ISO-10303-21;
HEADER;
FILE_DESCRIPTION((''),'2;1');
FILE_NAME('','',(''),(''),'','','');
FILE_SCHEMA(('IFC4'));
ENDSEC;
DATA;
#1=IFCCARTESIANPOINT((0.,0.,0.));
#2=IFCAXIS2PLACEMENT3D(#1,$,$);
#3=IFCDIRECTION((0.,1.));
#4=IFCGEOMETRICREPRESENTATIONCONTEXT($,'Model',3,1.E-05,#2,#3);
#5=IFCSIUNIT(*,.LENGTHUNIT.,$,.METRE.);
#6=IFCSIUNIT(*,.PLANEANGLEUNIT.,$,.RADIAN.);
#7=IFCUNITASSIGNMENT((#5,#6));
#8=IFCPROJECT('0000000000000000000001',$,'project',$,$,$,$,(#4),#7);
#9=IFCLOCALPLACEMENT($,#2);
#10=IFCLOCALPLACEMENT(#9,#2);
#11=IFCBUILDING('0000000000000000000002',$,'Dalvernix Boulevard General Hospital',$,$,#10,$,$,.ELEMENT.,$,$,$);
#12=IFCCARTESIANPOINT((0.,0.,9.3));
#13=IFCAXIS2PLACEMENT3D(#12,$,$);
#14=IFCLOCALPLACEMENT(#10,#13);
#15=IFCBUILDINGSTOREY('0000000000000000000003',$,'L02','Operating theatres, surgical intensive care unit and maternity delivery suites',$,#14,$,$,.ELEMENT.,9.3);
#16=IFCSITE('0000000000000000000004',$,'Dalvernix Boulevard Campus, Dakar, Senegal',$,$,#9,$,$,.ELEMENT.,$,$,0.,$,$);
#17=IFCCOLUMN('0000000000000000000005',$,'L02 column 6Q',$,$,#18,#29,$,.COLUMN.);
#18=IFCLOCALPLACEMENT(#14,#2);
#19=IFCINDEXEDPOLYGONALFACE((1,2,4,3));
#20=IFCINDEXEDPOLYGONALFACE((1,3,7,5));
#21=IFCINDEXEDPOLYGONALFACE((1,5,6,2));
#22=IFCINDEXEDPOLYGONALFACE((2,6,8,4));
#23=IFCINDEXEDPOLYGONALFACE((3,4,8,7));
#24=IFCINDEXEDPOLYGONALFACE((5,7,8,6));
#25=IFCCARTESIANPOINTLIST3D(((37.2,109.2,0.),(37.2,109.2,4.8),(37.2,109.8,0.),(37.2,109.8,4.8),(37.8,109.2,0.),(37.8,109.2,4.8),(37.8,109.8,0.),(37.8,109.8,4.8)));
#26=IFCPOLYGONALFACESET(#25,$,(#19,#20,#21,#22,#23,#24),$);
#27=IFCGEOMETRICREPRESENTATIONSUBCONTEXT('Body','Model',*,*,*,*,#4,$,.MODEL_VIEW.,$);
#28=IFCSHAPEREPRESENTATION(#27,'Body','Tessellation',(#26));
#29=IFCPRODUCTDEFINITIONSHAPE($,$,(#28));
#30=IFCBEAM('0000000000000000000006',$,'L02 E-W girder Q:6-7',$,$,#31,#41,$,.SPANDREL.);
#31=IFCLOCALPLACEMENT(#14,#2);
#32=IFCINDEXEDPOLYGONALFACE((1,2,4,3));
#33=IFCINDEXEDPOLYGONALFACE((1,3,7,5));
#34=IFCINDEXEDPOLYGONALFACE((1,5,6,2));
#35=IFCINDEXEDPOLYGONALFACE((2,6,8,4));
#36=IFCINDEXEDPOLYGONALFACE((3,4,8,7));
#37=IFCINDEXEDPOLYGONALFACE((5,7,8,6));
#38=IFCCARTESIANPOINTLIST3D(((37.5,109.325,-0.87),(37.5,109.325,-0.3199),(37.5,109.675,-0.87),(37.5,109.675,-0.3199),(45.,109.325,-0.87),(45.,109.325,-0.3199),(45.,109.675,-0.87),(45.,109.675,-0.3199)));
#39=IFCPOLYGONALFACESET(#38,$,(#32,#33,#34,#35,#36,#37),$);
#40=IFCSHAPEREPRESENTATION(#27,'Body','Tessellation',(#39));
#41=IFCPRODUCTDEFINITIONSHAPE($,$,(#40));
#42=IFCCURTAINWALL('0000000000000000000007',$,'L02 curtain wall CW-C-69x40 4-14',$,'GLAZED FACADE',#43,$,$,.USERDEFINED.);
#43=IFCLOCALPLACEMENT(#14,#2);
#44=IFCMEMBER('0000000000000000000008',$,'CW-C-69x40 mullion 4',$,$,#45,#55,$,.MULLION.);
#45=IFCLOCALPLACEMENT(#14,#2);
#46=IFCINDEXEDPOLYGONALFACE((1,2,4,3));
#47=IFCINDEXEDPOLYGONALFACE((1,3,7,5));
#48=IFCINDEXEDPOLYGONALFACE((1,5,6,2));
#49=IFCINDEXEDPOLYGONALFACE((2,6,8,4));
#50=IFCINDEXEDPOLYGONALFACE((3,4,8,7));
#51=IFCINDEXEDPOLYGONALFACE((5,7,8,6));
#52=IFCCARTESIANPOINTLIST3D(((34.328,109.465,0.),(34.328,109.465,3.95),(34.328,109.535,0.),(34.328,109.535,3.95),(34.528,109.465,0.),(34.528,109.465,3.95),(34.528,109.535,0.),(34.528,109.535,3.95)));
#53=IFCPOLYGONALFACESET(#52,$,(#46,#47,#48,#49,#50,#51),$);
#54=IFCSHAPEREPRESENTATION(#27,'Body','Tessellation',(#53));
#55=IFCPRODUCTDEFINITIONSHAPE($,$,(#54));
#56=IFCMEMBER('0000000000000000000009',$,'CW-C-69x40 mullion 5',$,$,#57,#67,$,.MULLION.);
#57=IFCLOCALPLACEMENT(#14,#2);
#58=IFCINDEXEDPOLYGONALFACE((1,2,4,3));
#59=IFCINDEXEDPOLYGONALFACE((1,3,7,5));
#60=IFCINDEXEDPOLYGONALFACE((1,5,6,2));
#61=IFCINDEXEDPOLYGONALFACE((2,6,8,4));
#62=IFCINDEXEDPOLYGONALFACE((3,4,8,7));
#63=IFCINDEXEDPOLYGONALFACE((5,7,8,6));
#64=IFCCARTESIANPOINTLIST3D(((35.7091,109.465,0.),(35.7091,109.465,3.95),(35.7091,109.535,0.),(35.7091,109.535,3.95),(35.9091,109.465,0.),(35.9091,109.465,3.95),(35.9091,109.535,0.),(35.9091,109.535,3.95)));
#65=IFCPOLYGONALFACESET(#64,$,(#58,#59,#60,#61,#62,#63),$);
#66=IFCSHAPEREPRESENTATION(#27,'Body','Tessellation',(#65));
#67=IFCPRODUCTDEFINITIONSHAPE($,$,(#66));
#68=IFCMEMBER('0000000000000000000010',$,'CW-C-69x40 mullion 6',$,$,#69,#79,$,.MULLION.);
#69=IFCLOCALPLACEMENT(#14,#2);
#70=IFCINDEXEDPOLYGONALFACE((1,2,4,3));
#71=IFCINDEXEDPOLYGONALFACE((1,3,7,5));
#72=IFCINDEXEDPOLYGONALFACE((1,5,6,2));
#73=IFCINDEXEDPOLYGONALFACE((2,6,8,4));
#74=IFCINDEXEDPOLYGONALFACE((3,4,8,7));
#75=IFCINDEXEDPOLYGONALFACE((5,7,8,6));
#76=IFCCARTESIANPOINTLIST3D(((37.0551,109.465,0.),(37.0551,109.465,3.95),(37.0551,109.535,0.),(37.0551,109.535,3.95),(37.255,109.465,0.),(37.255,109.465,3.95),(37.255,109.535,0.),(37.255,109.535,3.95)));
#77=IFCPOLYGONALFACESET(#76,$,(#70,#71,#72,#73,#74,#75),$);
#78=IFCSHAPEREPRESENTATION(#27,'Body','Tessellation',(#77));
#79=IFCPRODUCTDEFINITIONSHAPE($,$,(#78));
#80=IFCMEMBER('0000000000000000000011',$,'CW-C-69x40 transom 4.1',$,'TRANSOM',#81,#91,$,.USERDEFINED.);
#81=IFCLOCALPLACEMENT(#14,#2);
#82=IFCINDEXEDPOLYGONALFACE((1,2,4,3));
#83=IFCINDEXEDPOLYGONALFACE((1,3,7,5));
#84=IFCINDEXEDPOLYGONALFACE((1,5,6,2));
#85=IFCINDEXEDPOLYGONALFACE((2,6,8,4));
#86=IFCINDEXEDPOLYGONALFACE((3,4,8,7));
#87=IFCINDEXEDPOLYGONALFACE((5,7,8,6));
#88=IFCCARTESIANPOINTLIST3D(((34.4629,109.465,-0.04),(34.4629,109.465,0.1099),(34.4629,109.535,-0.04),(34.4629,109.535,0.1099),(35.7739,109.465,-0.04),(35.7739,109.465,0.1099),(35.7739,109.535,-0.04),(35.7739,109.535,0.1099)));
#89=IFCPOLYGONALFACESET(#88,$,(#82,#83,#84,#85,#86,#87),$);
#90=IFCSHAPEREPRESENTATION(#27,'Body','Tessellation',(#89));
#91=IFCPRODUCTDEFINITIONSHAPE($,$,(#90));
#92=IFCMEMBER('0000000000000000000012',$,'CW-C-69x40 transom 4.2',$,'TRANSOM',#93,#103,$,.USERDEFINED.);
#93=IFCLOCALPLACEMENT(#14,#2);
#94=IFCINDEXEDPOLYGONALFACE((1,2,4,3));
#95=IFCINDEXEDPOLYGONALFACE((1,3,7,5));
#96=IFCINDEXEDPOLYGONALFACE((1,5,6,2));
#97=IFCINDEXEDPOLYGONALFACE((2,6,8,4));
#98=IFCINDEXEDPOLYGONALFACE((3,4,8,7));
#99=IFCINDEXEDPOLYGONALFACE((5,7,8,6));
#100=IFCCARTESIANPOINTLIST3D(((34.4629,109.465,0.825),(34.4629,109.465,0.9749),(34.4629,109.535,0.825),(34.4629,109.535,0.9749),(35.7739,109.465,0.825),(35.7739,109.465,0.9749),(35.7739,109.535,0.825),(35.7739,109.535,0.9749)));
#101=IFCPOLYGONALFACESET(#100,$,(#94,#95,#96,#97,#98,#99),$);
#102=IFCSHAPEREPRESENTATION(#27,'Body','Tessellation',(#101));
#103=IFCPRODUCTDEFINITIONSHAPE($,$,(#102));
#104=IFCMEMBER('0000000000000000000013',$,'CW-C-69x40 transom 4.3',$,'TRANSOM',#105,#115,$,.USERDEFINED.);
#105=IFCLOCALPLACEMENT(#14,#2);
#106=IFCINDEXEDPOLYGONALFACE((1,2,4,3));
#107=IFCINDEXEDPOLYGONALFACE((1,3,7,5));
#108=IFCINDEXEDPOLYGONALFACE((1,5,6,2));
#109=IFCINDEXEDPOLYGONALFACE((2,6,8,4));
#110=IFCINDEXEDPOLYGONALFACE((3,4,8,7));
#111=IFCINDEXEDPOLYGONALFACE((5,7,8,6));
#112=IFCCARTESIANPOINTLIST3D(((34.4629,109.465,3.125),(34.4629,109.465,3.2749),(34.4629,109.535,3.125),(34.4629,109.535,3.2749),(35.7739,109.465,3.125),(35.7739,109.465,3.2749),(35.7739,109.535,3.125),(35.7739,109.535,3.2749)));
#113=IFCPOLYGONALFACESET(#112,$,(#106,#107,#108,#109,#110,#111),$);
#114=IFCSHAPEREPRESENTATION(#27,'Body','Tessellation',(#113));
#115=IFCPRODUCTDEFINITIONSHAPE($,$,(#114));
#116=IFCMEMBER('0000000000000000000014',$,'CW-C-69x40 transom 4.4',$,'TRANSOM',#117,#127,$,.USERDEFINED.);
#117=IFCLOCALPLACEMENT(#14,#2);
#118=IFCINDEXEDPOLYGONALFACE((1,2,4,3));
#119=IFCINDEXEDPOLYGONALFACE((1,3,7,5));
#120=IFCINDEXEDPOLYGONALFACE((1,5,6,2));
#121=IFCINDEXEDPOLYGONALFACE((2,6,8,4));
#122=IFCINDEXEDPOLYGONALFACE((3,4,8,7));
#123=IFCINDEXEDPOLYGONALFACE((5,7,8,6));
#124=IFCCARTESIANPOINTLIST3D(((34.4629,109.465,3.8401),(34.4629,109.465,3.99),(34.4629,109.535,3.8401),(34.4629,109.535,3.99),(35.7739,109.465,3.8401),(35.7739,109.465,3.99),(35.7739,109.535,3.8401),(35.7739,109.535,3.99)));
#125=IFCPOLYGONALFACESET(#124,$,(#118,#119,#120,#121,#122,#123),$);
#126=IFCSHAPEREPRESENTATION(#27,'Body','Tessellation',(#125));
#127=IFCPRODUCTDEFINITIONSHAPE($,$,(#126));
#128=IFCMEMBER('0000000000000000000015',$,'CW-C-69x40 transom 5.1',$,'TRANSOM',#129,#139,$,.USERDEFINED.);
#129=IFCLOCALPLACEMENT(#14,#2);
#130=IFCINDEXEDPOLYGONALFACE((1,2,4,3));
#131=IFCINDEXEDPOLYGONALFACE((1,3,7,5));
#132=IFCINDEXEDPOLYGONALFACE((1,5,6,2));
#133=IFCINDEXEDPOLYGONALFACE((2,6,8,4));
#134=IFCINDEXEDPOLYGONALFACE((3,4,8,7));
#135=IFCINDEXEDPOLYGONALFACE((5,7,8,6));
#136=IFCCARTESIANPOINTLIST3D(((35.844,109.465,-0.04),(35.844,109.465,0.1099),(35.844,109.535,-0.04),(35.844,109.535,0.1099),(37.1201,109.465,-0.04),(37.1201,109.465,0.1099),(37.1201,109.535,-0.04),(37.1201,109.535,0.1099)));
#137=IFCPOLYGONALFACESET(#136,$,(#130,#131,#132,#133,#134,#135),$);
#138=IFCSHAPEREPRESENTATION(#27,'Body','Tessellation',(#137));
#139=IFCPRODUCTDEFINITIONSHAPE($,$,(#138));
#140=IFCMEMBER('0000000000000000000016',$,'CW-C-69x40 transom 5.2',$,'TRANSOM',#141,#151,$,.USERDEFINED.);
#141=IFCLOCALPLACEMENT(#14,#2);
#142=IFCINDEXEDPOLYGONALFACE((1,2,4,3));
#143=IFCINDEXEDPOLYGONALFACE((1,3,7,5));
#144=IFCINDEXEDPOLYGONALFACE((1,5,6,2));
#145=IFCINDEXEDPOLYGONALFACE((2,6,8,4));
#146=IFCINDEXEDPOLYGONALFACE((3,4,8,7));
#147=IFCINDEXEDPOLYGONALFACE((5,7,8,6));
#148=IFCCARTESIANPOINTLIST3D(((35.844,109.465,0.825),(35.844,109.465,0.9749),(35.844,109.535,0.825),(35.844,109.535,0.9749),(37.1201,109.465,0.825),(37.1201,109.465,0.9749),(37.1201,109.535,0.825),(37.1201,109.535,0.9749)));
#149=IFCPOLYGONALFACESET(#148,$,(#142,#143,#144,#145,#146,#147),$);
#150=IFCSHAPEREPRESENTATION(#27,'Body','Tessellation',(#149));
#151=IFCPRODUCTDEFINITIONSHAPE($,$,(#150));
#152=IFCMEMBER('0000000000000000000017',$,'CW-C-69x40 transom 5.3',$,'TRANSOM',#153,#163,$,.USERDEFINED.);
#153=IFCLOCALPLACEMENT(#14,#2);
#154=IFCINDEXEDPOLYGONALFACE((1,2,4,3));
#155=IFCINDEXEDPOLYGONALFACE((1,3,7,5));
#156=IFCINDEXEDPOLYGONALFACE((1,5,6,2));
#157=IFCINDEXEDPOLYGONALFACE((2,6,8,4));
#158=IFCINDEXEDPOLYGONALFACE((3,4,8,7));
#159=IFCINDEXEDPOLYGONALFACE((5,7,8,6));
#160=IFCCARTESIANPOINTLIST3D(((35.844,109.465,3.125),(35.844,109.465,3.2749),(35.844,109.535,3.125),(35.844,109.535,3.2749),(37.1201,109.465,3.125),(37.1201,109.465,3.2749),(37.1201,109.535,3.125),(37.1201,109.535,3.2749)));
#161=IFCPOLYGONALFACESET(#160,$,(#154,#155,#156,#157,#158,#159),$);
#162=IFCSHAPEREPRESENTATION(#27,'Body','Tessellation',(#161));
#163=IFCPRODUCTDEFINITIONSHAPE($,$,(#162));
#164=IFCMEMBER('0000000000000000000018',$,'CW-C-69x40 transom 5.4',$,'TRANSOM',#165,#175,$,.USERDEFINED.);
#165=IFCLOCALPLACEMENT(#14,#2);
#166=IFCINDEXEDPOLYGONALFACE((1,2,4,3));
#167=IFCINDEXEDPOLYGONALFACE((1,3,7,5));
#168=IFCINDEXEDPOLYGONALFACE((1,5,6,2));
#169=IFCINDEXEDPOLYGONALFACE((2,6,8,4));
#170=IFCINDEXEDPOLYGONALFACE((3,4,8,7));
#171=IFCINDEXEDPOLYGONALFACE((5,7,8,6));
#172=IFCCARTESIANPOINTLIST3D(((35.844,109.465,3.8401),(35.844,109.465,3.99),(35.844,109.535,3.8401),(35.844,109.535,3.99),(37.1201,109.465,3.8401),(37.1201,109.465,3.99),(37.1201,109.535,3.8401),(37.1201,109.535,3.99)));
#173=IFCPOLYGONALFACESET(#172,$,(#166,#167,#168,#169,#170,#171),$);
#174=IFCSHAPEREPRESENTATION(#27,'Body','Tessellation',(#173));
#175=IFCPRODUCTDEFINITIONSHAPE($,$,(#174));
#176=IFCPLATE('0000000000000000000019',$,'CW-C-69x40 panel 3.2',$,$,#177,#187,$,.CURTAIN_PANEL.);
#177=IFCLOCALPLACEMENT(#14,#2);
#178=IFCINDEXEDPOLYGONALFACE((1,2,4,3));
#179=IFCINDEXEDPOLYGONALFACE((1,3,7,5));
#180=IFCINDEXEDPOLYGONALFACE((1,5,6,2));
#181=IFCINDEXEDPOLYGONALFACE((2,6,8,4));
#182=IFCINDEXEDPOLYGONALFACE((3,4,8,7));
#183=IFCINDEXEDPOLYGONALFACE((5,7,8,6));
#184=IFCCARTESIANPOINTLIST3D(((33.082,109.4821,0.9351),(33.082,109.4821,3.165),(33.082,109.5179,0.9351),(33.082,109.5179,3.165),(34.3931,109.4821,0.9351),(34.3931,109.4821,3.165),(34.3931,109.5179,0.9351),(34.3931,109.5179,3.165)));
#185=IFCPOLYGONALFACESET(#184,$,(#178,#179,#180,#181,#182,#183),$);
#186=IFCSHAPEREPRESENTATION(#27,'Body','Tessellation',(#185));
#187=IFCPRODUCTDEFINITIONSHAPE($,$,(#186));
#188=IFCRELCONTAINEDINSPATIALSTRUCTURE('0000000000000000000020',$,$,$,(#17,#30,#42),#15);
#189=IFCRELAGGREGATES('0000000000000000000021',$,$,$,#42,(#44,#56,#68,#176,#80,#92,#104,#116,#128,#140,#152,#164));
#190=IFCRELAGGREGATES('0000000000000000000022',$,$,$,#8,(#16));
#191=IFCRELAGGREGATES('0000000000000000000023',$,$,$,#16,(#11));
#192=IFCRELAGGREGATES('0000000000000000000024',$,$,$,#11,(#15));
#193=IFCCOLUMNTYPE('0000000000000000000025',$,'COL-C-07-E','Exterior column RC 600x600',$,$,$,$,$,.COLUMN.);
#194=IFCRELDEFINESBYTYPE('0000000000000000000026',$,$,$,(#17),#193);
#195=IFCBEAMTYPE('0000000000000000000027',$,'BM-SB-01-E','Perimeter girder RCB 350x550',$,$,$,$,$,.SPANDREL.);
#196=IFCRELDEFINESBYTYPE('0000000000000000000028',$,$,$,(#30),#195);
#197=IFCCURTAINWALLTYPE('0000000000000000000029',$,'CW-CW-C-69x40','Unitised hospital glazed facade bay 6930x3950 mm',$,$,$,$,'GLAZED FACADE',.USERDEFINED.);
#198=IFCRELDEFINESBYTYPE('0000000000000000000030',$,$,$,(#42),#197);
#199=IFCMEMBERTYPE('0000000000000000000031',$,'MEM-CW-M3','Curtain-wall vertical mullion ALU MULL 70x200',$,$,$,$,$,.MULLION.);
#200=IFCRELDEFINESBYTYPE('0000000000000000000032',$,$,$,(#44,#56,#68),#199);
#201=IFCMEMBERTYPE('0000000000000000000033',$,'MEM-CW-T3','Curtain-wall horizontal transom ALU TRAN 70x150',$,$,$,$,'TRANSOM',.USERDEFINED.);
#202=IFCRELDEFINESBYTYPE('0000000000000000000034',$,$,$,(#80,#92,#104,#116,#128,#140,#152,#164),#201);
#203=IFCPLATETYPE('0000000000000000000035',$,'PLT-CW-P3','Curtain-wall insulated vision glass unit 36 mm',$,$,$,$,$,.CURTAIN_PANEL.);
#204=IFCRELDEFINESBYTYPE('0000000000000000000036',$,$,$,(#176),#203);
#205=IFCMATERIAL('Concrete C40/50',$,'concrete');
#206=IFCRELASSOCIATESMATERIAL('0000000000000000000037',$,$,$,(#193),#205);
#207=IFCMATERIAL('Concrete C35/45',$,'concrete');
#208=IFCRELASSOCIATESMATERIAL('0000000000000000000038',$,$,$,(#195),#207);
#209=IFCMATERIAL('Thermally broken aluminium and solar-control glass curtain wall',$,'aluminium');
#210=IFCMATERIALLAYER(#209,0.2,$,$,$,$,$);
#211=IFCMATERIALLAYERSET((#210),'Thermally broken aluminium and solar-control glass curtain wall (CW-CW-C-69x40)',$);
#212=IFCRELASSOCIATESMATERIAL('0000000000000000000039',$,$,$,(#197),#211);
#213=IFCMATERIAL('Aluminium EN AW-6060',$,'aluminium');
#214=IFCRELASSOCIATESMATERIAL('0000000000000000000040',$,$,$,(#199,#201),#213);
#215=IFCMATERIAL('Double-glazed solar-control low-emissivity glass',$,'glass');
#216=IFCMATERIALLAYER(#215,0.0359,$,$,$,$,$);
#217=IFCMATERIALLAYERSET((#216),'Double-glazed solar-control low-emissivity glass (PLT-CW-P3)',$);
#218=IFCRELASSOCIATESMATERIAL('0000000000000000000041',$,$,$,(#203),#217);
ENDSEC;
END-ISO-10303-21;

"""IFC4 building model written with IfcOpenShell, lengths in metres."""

from ifc_helpers import new_model, si_unit, direction, frame, origin, origin_2d, place, context, subcontext, project, spatial, rectangle, extrude, material, layer, layer_set, material_profile, profile_set, type_object, element, aggregate, save


model = new_model("IFC4")

# Units and contexts
model_context = context("Model", 3, precision=1e-05, world=origin(), true_north=direction((0.0, 1.0)))
body_context = subcontext(model_context, "Body", "Model", "MODEL_VIEW")
ifc_project = project(units=[si_unit("LENGTHUNIT", "METRE"), si_unit("PLANEANGLEUNIT", "RADIAN")], contexts=[model_context])

# Site, building, storey
site_placement = place(None, origin())
site = spatial("IfcSite", under=ifc_project, at=site_placement, Name="Dalvernix Boulevard Campus, Dakar, Senegal", CompositionType="ELEMENT", RefElevation=0.0)
building_placement = place(site_placement, origin())
building = spatial("IfcBuilding", under=site, at=building_placement, Name="Dalvernix Boulevard General Hospital", CompositionType="ELEMENT")
storey_placement = place(building_placement, frame((0.0, 0.0, 9.3)))
storey = spatial("IfcBuildingStorey", under=building, at=storey_placement, Name="L02", Description="Operating theatres, surgical intensive care unit and maternity delivery suites", CompositionType="ELEMENT", Elevation=9.3)

# Column
ifc_material_1 = material(Name="Concrete C40/50", Category="concrete")
ifc_material_profile_1 = material_profile(ifc_material_1, rectangle(XDim=0.6001, YDim=0.6001, at=origin_2d()), Name="RC 600x600")
ifc_profile_set_1 = profile_set([ifc_material_profile_1], Name="Concrete C40/50")
column_type = type_object("IfcColumnType", Name="COL-C-07-E", Description="Exterior column RC 600x600", PredefinedType="COLUMN", material=ifc_profile_set_1)
column_placement = place(storey_placement, frame((37.5, 109.5, 0.0), z_axis=(0.0, 0.0, 1.0), x_axis=(1.0, 0.0, 0.0)))
element("IfcColumn", 1, at=column_placement, inside=storey, type_object=column_type, Name="L02 column 6Q", PredefinedType="COLUMN", context=body_context, shape_type="SweptSolid", body=[
    extrude(rectangle(XDim=0.6001, YDim=0.6001, at=origin_2d()), origin(), (0.0, 0.0, 1.0), 4.8),
])

# Beam
ifc_material_2 = material(Name="Concrete C35/45", Category="concrete")
ifc_material_profile_2 = material_profile(ifc_material_2, rectangle(XDim=0.3501, YDim=0.55, at=origin_2d()), Name="RCB 350x550")
ifc_profile_set_2 = profile_set([ifc_material_profile_2], Name="Concrete C35/45")
beam_type = type_object("IfcBeamType", Name="BM-SB-01-E", Description="Perimeter girder RCB 350x550", PredefinedType="SPANDREL", material=ifc_profile_set_2)
beam_placement = place(storey_placement, frame((37.5, 109.5, -0.595), z_axis=(1.0, 0.0, 0.0), x_axis=(0.0, 1.0, 0.0)))
element("IfcBeam", 2, at=beam_placement, inside=storey, type_object=beam_type, Name="L02 E-W girder Q:6-7", PredefinedType="SPANDREL", context=body_context, shape_type="SweptSolid", body=[
    extrude(rectangle(XDim=0.3501, YDim=0.55, at=origin_2d()), origin(), (0.0, 0.0, 1.0), 7.5),
])

# Curtain wall, members, plate
ifc_material_3 = material(Name="Thermally broken aluminium and solar-control glass curtain wall", Category="aluminium")
ifc_layer_1 = layer(ifc_material_3, 0.2)
ifc_layer_set_1 = layer_set([ifc_layer_1], Name="Thermally broken aluminium and solar-control glass curtain wall (CW-CW-C-69x40)")
curtain_wall_type = type_object("IfcCurtainWallType", Name="CW-CW-C-69x40", Description="Unitised hospital glazed facade bay 6930x3950 mm", ElementType="GLAZED FACADE", PredefinedType="USERDEFINED", material=ifc_layer_set_1)
curtain_wall_placement = place(storey_placement, origin())
curtain_wall = element("IfcCurtainWall", 3, at=curtain_wall_placement, inside=storey, type_object=curtain_wall_type, Name="L02 curtain wall CW-C-69x40 4-14", ObjectType="GLAZED FACADE", PredefinedType="USERDEFINED")
ifc_material_4 = material(Name="Aluminium EN AW-6060", Category="aluminium")
ifc_material_profile_3 = material_profile(ifc_material_4, rectangle(XDim=0.0701, YDim=0.2, at=origin_2d()), Name="ALU MULL 70x200")
ifc_profile_set_3 = profile_set([ifc_material_profile_3], Name="Aluminium EN AW-6060")
member_type_1 = type_object("IfcMemberType", Name="MEM-CW-M3", Description="Curtain-wall vertical mullion ALU MULL 70x200", PredefinedType="MULLION", material=ifc_profile_set_3)
member_1_placement = place(storey_placement, frame((34.428, 109.5, 0.0), z_axis=(0.0, 0.0, 1.0), x_axis=(0.0, 1.0, 0.0)))
member_1 = element("IfcMember", 4, at=member_1_placement, type_object=member_type_1, Name="CW-C-69x40 mullion 4", PredefinedType="MULLION", context=body_context, shape_type="SweptSolid", body=[
    extrude(rectangle(XDim=0.0701, YDim=0.2, at=origin_2d()), origin(), (0.0, 0.0, 1.0), 3.95),
])
member_2_placement = place(storey_placement, frame((35.8091, 109.5, 0.0), z_axis=(0.0, 0.0, 1.0), x_axis=(0.0, 1.0, 0.0)))
member_2 = element("IfcMember", 5, at=member_2_placement, type_object=member_type_1, Name="CW-C-69x40 mullion 5", PredefinedType="MULLION", context=body_context, shape_type="SweptSolid", body=[
    extrude(rectangle(XDim=0.0701, YDim=0.2, at=origin_2d()), origin(), (0.0, 0.0, 1.0), 3.95),
])
member_3_placement = place(storey_placement, frame((37.155, 109.5, 0.0), z_axis=(0.0, 0.0, 1.0), x_axis=(0.0, 1.0, 0.0)))
member_3 = element("IfcMember", 6, at=member_3_placement, type_object=member_type_1, Name="CW-C-69x40 mullion 6", PredefinedType="MULLION", context=body_context, shape_type="SweptSolid", body=[
    extrude(rectangle(XDim=0.0701, YDim=0.2, at=origin_2d()), origin(), (0.0, 0.0, 1.0), 3.95),
])
ifc_material_profile_4 = material_profile(ifc_material_4, rectangle(XDim=0.0701, YDim=0.1499, at=origin_2d()), Name="ALU TRAN 70x150")
ifc_profile_set_4 = profile_set([ifc_material_profile_4], Name="Aluminium EN AW-6060")
member_type_2 = type_object("IfcMemberType", Name="MEM-CW-T3", Description="Curtain-wall horizontal transom ALU TRAN 70x150", ElementType="TRANSOM", PredefinedType="USERDEFINED", material=ifc_profile_set_4)
member_4_placement = place(storey_placement, frame((34.4629, 109.5, 0.0349), z_axis=(1.0, 0.0, 0.0), x_axis=(0.0, 1.0, 0.0)))
member_4 = element("IfcMember", 7, at=member_4_placement, type_object=member_type_2, Name="CW-C-69x40 transom 4.1", ObjectType="TRANSOM", PredefinedType="USERDEFINED", context=body_context, shape_type="SweptSolid", body=[
    extrude(rectangle(XDim=0.0701, YDim=0.1499, at=origin_2d()), origin(), (0.0, 0.0, 1.0), 1.311),
])
member_5_placement = place(storey_placement, frame((34.4629, 109.5, 0.8999), z_axis=(1.0, 0.0, 0.0), x_axis=(0.0, 1.0, 0.0)))
member_5 = element("IfcMember", 8, at=member_5_placement, type_object=member_type_2, Name="CW-C-69x40 transom 4.2", ObjectType="TRANSOM", PredefinedType="USERDEFINED", context=body_context, shape_type="SweptSolid", body=[
    extrude(rectangle(XDim=0.0701, YDim=0.1499, at=origin_2d()), origin(), (0.0, 0.0, 1.0), 1.311),
])
member_6_placement = place(storey_placement, frame((34.4629, 109.5, 3.2), z_axis=(1.0, 0.0, 0.0), x_axis=(0.0, 1.0, 0.0)))
member_6 = element("IfcMember", 9, at=member_6_placement, type_object=member_type_2, Name="CW-C-69x40 transom 4.3", ObjectType="TRANSOM", PredefinedType="USERDEFINED", context=body_context, shape_type="SweptSolid", body=[
    extrude(rectangle(XDim=0.0701, YDim=0.1499, at=origin_2d()), origin(), (0.0, 0.0, 1.0), 1.311),
])
member_7_placement = place(storey_placement, frame((34.4629, 109.5, 3.915), z_axis=(1.0, 0.0, 0.0), x_axis=(0.0, 1.0, 0.0)))
member_7 = element("IfcMember", 10, at=member_7_placement, type_object=member_type_2, Name="CW-C-69x40 transom 4.4", ObjectType="TRANSOM", PredefinedType="USERDEFINED", context=body_context, shape_type="SweptSolid", body=[
    extrude(rectangle(XDim=0.0701, YDim=0.1499, at=origin_2d()), origin(), (0.0, 0.0, 1.0), 1.311),
])
member_8_placement = place(storey_placement, frame((35.844, 109.5, 0.0349), z_axis=(1.0, 0.0, 0.0), x_axis=(0.0, 1.0, 0.0)))
member_8 = element("IfcMember", 11, at=member_8_placement, type_object=member_type_2, Name="CW-C-69x40 transom 5.1", ObjectType="TRANSOM", PredefinedType="USERDEFINED", context=body_context, shape_type="SweptSolid", body=[
    extrude(rectangle(XDim=0.0701, YDim=0.1499, at=origin_2d()), origin(), (0.0, 0.0, 1.0), 1.2761),
])
member_9_placement = place(storey_placement, frame((35.844, 109.5, 0.8999), z_axis=(1.0, 0.0, 0.0), x_axis=(0.0, 1.0, 0.0)))
member_9 = element("IfcMember", 12, at=member_9_placement, type_object=member_type_2, Name="CW-C-69x40 transom 5.2", ObjectType="TRANSOM", PredefinedType="USERDEFINED", context=body_context, shape_type="SweptSolid", body=[
    extrude(rectangle(XDim=0.0701, YDim=0.1499, at=origin_2d()), origin(), (0.0, 0.0, 1.0), 1.2761),
])
member_10_placement = place(storey_placement, frame((35.844, 109.5, 3.2), z_axis=(1.0, 0.0, 0.0), x_axis=(0.0, 1.0, 0.0)))
member_10 = element("IfcMember", 13, at=member_10_placement, type_object=member_type_2, Name="CW-C-69x40 transom 5.3", ObjectType="TRANSOM", PredefinedType="USERDEFINED", context=body_context, shape_type="SweptSolid", body=[
    extrude(rectangle(XDim=0.0701, YDim=0.1499, at=origin_2d()), origin(), (0.0, 0.0, 1.0), 1.2761),
])
member_11_placement = place(storey_placement, frame((35.844, 109.5, 3.915), z_axis=(1.0, 0.0, 0.0), x_axis=(0.0, 1.0, 0.0)))
member_11 = element("IfcMember", 14, at=member_11_placement, type_object=member_type_2, Name="CW-C-69x40 transom 5.4", ObjectType="TRANSOM", PredefinedType="USERDEFINED", context=body_context, shape_type="SweptSolid", body=[
    extrude(rectangle(XDim=0.0701, YDim=0.1499, at=origin_2d()), origin(), (0.0, 0.0, 1.0), 1.2761),
])
ifc_material_5 = material(Name="Double-glazed solar-control low-emissivity glass", Category="glass")
ifc_layer_2 = layer(ifc_material_5, 0.0359)
ifc_layer_set_2 = layer_set([ifc_layer_2], Name="Double-glazed solar-control low-emissivity glass (PLT-CW-P3)")
plate_type = type_object("IfcPlateType", Name="PLT-CW-P3", Description="Curtain-wall insulated vision glass unit 36 mm", PredefinedType="CURTAIN_PANEL", material=ifc_layer_set_2)
plate_1_placement = place(storey_placement, frame((33.7375, 109.5, 0.9351), z_axis=(0.0, 0.0, 1.0), x_axis=(1.0, 0.0, 0.0)))
plate_1 = element("IfcPlate", 15, at=plate_1_placement, type_object=plate_type, Name="CW-C-69x40 panel 3.2", PredefinedType="CURTAIN_PANEL", context=body_context, shape_type="SweptSolid", body=[
    extrude(rectangle(XDim=1.311, YDim=0.0359, at=origin_2d()), origin(), (0.0, 0.0, 1.0), 2.23),
])
aggregate(curtain_wall, [member_1, member_2, member_3, plate_1, member_4, member_5, member_6, member_7, member_8, member_9, member_10, member_11])

save(model, "model.ifc")
